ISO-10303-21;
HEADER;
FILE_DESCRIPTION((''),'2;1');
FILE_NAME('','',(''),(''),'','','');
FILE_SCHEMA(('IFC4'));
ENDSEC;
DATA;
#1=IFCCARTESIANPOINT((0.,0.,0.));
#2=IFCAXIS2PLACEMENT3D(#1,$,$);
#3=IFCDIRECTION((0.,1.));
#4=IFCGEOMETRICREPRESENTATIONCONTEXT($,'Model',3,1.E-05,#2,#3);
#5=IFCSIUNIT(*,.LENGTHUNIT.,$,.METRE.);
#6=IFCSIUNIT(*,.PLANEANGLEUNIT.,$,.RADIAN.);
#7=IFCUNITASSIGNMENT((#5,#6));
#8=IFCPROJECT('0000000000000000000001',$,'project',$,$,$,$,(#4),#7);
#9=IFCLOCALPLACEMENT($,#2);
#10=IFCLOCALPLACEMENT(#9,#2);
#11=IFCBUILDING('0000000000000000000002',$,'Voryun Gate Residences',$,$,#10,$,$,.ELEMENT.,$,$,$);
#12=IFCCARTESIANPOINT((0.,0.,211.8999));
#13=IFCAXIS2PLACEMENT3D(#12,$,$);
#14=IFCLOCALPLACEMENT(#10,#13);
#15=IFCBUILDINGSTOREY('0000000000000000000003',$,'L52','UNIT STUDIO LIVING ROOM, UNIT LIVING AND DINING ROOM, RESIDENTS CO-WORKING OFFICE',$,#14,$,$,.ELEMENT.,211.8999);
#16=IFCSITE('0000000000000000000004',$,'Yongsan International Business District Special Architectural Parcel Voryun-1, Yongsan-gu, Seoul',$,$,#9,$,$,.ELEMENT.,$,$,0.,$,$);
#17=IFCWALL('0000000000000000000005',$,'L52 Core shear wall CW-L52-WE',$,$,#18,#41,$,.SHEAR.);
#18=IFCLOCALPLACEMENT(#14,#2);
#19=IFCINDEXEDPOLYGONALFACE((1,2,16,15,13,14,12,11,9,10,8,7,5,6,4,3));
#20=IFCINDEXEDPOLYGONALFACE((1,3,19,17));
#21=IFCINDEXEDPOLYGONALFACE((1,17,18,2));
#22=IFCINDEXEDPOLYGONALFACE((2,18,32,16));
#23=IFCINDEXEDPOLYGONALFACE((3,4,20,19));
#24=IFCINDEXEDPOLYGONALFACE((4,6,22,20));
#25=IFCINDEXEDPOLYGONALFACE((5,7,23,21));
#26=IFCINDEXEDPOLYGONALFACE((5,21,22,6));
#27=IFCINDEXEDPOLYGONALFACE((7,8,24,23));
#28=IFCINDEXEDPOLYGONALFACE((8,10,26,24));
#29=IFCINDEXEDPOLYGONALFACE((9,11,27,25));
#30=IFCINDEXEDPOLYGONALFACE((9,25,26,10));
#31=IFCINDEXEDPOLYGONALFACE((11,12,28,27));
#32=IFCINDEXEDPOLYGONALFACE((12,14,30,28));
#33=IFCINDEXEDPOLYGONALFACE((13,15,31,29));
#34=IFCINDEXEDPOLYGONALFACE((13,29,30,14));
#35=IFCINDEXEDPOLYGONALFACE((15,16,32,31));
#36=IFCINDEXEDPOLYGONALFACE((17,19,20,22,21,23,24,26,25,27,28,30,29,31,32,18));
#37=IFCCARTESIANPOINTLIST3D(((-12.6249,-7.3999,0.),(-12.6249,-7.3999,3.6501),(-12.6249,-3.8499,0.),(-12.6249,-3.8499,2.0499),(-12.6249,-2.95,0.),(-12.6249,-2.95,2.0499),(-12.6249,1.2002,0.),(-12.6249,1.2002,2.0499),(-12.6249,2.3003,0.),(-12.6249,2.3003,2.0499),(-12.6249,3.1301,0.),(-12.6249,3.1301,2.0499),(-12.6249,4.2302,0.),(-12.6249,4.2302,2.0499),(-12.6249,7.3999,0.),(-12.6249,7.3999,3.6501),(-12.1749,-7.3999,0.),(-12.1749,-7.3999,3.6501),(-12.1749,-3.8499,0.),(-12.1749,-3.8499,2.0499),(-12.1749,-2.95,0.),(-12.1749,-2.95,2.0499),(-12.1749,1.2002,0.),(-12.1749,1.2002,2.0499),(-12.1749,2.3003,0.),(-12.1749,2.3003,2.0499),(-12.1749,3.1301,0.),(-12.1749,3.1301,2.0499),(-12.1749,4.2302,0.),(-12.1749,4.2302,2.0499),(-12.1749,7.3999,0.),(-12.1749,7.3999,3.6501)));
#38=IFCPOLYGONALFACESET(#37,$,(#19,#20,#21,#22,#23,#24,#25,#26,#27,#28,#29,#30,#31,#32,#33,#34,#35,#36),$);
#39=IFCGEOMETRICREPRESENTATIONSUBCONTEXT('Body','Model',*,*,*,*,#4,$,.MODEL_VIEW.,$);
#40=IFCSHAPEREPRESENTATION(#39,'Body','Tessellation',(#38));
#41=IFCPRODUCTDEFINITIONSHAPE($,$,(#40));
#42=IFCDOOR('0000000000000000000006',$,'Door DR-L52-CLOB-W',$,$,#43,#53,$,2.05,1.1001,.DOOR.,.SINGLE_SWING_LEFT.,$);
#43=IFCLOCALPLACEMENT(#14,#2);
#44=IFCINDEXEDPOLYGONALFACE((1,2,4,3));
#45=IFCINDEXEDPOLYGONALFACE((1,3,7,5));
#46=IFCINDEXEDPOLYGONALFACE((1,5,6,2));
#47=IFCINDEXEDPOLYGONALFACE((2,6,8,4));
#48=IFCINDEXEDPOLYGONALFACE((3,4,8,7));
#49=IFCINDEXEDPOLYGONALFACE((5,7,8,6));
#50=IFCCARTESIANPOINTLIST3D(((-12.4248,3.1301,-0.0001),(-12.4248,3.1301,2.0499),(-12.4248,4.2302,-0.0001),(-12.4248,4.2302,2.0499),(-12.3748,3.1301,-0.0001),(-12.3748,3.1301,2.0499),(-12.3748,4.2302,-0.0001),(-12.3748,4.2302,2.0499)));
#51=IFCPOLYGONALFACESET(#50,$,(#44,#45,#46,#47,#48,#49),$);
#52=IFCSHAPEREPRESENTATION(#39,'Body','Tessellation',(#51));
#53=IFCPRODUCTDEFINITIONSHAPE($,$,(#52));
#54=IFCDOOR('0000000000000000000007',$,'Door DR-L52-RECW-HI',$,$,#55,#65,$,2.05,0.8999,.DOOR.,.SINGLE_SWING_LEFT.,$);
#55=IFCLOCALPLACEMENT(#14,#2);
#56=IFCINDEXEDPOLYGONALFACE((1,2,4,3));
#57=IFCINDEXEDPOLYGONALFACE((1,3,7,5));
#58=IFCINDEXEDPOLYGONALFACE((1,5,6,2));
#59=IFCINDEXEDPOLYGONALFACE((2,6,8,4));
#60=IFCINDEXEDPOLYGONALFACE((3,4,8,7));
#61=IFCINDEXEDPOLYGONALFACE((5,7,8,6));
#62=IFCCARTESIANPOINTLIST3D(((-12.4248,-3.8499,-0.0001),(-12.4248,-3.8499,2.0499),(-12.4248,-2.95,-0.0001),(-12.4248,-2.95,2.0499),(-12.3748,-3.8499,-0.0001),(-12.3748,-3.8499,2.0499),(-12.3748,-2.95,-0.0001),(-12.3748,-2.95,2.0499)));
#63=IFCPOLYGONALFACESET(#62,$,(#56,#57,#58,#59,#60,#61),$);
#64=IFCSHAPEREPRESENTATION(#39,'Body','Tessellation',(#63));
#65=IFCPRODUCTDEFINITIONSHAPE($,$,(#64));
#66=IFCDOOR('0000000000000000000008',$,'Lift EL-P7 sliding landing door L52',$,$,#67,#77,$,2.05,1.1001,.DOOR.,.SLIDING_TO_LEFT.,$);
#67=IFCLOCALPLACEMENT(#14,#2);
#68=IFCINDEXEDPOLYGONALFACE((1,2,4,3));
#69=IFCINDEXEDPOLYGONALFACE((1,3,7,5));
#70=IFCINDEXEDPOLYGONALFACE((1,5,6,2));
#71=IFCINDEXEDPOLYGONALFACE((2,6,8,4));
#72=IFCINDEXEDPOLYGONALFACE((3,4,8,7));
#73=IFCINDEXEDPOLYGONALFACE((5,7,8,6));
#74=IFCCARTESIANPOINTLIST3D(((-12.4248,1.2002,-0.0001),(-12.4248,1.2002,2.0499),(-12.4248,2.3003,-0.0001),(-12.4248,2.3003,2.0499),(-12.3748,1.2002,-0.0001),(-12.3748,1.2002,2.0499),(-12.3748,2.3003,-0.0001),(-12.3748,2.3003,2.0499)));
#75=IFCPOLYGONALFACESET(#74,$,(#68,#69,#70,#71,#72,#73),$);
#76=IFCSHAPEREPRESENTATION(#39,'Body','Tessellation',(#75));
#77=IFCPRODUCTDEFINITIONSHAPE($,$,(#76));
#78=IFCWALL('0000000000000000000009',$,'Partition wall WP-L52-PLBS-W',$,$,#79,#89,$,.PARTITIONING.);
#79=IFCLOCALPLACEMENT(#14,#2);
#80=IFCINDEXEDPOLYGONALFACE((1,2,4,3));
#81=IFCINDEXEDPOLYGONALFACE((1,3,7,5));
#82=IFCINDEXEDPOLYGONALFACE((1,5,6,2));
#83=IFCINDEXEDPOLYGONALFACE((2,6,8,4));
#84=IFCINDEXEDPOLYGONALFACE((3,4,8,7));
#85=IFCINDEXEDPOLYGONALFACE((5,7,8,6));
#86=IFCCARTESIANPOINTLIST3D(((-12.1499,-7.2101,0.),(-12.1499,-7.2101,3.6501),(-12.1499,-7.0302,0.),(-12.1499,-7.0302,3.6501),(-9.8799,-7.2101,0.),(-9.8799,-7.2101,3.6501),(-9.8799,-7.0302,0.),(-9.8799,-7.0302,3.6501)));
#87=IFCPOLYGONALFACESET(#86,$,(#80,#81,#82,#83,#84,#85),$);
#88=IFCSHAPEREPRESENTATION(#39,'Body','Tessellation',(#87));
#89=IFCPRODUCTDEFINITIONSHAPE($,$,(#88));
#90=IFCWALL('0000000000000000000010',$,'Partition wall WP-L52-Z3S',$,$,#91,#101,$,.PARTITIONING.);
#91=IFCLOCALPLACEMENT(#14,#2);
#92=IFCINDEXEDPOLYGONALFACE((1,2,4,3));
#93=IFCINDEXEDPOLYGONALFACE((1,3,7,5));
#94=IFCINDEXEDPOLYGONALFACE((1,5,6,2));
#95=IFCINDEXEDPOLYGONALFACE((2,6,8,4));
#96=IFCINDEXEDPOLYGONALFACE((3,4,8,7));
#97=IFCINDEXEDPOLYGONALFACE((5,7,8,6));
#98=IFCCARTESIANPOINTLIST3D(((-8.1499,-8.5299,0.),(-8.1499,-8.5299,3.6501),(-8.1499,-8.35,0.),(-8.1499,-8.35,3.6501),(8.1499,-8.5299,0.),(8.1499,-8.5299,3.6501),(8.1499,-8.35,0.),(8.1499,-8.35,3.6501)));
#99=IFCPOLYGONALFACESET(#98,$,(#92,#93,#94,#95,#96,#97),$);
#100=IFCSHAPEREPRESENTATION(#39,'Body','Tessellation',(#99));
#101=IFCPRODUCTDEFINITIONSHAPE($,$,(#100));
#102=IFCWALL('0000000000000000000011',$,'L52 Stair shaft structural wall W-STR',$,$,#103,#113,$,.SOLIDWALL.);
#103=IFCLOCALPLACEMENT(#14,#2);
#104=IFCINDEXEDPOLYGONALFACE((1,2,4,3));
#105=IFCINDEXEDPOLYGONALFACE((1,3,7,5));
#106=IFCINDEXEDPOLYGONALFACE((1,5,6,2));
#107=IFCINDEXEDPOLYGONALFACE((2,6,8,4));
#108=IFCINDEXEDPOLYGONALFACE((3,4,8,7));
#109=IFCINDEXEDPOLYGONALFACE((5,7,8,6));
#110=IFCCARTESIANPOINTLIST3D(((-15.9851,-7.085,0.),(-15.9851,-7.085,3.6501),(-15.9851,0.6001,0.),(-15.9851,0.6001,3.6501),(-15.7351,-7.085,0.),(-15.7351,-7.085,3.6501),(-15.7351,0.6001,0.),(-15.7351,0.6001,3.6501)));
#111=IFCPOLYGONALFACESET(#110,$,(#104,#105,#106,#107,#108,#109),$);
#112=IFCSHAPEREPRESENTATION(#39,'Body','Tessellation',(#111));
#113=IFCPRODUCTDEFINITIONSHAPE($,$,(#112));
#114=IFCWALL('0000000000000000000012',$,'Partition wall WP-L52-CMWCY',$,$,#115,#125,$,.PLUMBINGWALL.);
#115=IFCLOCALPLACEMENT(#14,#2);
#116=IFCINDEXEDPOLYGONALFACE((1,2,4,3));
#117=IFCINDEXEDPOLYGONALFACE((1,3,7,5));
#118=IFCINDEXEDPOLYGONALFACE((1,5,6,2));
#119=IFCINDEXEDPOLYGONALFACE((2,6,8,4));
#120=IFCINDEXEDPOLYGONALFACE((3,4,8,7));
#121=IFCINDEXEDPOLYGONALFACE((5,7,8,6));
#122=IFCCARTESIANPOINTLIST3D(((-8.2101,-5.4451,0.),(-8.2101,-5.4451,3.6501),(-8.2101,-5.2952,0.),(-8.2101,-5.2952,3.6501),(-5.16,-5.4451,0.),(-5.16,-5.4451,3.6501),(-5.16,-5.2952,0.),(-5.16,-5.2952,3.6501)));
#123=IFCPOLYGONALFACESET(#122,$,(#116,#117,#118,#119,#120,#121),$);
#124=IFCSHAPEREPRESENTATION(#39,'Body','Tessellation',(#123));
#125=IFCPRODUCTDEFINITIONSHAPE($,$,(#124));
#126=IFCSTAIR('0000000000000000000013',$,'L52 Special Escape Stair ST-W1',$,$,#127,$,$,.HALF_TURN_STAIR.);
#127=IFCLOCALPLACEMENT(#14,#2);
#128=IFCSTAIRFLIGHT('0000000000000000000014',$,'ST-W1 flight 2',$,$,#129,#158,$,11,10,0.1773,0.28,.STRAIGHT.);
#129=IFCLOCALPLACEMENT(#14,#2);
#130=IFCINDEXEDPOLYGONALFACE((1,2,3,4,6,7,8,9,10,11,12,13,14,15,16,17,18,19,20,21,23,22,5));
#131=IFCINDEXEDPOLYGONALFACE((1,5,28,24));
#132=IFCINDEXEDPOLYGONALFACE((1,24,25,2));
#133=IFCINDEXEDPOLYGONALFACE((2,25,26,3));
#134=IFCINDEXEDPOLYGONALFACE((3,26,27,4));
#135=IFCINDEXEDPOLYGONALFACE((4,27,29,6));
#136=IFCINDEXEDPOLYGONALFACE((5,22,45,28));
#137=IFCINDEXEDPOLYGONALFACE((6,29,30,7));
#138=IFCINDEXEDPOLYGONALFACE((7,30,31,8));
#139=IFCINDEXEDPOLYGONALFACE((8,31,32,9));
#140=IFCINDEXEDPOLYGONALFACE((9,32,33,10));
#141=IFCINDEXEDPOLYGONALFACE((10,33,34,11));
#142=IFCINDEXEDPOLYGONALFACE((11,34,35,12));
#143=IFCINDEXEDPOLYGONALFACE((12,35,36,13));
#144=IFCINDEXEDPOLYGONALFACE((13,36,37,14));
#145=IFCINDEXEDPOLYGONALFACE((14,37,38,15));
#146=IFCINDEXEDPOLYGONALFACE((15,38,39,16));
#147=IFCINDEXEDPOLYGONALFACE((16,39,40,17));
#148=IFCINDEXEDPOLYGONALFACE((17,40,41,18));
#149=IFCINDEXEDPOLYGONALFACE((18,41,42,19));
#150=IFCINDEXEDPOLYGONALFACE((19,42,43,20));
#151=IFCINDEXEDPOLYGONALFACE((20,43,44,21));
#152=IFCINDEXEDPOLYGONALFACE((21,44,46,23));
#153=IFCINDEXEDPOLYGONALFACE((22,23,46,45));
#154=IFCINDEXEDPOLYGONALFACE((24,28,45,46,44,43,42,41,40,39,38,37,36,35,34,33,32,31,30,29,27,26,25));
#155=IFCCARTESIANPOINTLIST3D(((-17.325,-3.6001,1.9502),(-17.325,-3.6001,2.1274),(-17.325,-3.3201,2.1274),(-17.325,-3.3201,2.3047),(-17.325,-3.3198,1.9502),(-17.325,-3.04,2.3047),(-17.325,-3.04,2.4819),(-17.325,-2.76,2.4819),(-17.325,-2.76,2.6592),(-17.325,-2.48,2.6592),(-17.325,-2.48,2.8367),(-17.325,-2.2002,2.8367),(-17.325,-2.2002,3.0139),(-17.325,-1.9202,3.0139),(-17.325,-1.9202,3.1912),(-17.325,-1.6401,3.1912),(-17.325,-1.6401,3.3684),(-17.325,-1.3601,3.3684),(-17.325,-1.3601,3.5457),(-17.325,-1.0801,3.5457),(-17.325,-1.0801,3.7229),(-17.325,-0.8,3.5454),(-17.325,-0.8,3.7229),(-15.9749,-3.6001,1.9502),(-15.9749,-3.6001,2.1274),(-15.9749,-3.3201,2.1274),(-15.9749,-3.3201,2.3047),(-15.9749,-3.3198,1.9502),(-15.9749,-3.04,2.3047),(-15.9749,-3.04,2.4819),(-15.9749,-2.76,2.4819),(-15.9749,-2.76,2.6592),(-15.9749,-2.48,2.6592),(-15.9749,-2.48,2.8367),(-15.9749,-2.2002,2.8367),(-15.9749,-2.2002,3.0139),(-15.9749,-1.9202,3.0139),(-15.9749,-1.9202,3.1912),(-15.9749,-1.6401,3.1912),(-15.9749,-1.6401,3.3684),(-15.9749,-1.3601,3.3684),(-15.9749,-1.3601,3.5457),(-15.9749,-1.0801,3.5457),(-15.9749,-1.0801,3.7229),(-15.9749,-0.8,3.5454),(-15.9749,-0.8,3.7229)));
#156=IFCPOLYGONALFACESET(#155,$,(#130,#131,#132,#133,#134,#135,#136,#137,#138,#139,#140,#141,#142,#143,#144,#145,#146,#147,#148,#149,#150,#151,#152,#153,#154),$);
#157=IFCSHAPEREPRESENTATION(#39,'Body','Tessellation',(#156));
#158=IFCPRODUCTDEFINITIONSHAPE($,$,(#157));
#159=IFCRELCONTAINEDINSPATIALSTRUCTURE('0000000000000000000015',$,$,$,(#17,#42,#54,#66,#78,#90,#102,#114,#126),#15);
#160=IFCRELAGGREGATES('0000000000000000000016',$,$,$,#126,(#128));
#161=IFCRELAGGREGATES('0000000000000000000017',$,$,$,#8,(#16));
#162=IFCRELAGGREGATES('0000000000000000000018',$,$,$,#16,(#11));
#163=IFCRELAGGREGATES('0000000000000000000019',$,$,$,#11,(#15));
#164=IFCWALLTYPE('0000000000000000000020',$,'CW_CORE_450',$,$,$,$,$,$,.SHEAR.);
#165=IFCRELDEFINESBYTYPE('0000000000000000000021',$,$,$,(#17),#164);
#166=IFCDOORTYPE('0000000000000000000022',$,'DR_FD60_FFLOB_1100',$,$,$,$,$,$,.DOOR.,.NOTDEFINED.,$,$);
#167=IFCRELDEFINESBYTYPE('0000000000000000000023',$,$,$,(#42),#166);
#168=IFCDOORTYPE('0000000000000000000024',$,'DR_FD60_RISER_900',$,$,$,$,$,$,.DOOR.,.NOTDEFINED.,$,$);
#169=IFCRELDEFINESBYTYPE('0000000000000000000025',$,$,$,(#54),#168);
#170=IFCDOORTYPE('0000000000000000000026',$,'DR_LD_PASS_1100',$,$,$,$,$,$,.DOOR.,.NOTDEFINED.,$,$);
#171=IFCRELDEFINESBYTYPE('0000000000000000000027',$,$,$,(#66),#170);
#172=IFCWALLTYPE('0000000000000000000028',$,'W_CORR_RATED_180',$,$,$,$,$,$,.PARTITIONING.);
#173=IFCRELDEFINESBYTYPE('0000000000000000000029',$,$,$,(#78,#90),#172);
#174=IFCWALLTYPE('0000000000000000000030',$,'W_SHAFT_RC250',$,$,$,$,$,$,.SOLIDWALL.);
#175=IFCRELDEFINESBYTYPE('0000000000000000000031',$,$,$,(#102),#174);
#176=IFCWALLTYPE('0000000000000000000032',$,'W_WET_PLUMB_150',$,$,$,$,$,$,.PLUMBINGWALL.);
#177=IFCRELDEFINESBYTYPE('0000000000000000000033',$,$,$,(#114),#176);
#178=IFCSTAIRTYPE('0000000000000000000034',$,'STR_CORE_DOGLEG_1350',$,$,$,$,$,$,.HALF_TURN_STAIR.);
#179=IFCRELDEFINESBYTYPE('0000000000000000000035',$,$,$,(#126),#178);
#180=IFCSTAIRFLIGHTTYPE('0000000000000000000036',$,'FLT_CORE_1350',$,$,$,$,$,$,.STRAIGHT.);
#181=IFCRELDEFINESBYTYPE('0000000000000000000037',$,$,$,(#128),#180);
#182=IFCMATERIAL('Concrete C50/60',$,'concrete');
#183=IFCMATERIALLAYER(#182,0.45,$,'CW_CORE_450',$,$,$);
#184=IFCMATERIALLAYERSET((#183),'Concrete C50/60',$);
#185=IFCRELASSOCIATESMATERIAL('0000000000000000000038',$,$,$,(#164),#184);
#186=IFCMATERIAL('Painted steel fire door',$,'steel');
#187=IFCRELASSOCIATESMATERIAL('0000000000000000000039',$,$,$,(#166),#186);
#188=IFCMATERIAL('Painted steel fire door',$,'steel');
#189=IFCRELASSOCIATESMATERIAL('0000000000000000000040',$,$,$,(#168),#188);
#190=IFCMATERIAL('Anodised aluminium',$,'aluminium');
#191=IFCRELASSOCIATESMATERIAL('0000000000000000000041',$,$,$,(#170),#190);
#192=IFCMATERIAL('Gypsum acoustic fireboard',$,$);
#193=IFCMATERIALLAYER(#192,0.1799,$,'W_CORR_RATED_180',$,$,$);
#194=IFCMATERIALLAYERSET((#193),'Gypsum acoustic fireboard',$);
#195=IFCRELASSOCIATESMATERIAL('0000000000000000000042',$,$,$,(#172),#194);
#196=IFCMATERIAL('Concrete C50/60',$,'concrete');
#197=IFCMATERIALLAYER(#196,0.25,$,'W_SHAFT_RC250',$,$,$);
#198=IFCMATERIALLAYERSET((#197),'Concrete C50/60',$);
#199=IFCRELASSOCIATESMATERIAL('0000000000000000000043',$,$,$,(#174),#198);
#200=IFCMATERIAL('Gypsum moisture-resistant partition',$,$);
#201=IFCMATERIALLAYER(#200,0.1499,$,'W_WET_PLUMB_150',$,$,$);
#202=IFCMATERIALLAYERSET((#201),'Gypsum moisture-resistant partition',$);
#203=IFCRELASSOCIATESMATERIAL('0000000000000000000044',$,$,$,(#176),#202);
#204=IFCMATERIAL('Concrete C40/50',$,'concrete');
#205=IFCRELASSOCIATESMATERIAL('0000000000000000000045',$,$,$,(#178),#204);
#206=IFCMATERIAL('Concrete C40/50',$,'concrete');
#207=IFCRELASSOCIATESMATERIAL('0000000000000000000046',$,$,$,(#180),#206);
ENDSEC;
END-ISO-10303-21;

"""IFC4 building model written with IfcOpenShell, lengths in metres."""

from ifc_helpers import new_model, si_unit, direction, frame, frame_2d, origin, place, context, subcontext, project, spatial, polyline, rectangle, outline, extrude, material, layer, layer_set, type_object, element, fill, aggregate, save


model = new_model("IFC4")

# Units and contexts
model_context = context("Model", 3, precision=1e-05, world=origin(), true_north=direction((0.0, 1.0)))
body_context = subcontext(model_context, "Body", "Model", "MODEL_VIEW")
ifc_project = project(units=[si_unit("LENGTHUNIT", "METRE"), si_unit("PLANEANGLEUNIT", "RADIAN")], contexts=[model_context])

# Site, building, storey
site_placement = place(None, origin())
site = spatial("IfcSite", under=ifc_project, at=site_placement, Name="Yongsan International Business District Special Architectural Parcel Voryun-1, Yongsan-gu, Seoul", CompositionType="ELEMENT", RefElevation=0.0)
building_placement = place(site_placement, origin())
building = spatial("IfcBuilding", under=site, at=building_placement, Name="Voryun Gate Residences", CompositionType="ELEMENT")
storey_placement = place(building_placement, frame((0.0, 0.0, 211.8999)))
storey = spatial("IfcBuildingStorey", under=building, at=storey_placement, Name="L52", Description="UNIT STUDIO LIVING ROOM, UNIT LIVING AND DINING ROOM, RESIDENTS CO-WORKING OFFICE", CompositionType="ELEMENT", Elevation=211.8999)

# Wall, openings, doors
ifc_material_1 = material(Name="Concrete C50/60", Category="concrete")
ifc_layer_1 = layer(ifc_material_1, 0.45, Name="CW_CORE_450")
ifc_layer_set_1 = layer_set([ifc_layer_1], Name="Concrete C50/60")
wall_type_1 = type_object("IfcWallType", Name="CW_CORE_450", PredefinedType="SHEAR", material=ifc_layer_set_1)
wall_1_placement = place(storey_placement, frame((-12.3999, -7.3999, 0.0), z_axis=(0.0, 0.0, 1.0), x_axis=(0.0, 1.0, 0.0)))
wall_1 = element("IfcWall", 1, at=wall_1_placement, inside=storey, type_object=wall_type_1, Name="L52 Core shear wall CW-L52-WE", PredefinedType="SHEAR", context=body_context, shape_type="SweptSolid", body=[
    extrude(rectangle(XDim=14.7998, YDim=0.45, at=frame_2d((7.3999, 0.0))), origin(), (0.0, 0.0, 1.0), 3.6501),
])
opening_1_placement = place(wall_1_placement, frame((8.6001, 0.0, 0.0)))
opening_1 = element("IfcOpeningElement", 2, at=opening_1_placement, cuts=wall_1, PredefinedType="OPENING", context=body_context, shape_type="SweptSolid", body=[
    extrude(rectangle(XDim=1.1001, YDim=2.05, at=frame_2d((0.55, 1.0249))), frame((0.0, 0.2351, 0.0), z_axis=(0.0, -1.0, 0.0), x_axis=(1.0, 0.0, 0.0)), (0.0, 0.0, 1.0), 0.47),
])
opening_2_placement = place(wall_1_placement, frame((10.53, 0.0, 0.0)))
opening_2 = element("IfcOpeningElement", 3, at=opening_2_placement, cuts=wall_1, PredefinedType="OPENING", context=body_context, shape_type="SweptSolid", body=[
    extrude(rectangle(XDim=1.1001, YDim=2.05, at=frame_2d((0.55, 1.0249))), frame((0.0, 0.2351, 0.0), z_axis=(0.0, -1.0, 0.0), x_axis=(1.0, 0.0, 0.0)), (0.0, 0.0, 1.0), 0.47),
])
opening_3_placement = place(wall_1_placement, frame((3.55, 0.0, 0.0)))
opening_3 = element("IfcOpeningElement", 4, at=opening_3_placement, cuts=wall_1, PredefinedType="OPENING", context=body_context, shape_type="SweptSolid", body=[
    extrude(rectangle(XDim=0.8999, YDim=2.05, at=frame_2d((0.45, 1.0249))), frame((0.0, 0.2351, 0.0), z_axis=(0.0, -1.0, 0.0), x_axis=(1.0, 0.0, 0.0)), (0.0, 0.0, 1.0), 0.47),
])
ifc_material_2 = material(Name="Painted steel fire door", Category="steel")
door_type_1 = type_object("IfcDoorType", Name="DR_FD60_FFLOB_1100", OperationType="NOTDEFINED", PredefinedType="DOOR", material=ifc_material_2)
door_1_placement = place(opening_2_placement, origin())
door_1 = element("IfcDoor", 5, at=door_1_placement, inside=storey, type_object=door_type_1, Name="Door DR-L52-CLOB-W", OperationType="SINGLE_SWING_LEFT", OverallHeight=2.05, OverallWidth=1.1001, PredefinedType="DOOR", context=body_context, shape_type="SweptSolid", body=[
    extrude(rectangle(XDim=1.1001, YDim=2.05, at=frame_2d((0.55, 1.0249))), frame((0.0, 0.0249, 0.0), z_axis=(0.0, -1.0, 0.0), x_axis=(1.0, 0.0, 0.0)), (0.0, 0.0, 1.0), 0.05),
])
fill(opening_2, door_1)
ifc_material_3 = material(Name="Painted steel fire door", Category="steel")
door_type_2 = type_object("IfcDoorType", Name="DR_FD60_RISER_900", OperationType="NOTDEFINED", PredefinedType="DOOR", material=ifc_material_3)
door_2_placement = place(opening_3_placement, origin())
door_2 = element("IfcDoor", 6, at=door_2_placement, inside=storey, type_object=door_type_2, Name="Door DR-L52-RECW-HI", OperationType="SINGLE_SWING_LEFT", OverallHeight=2.05, OverallWidth=0.8999, PredefinedType="DOOR", context=body_context, shape_type="SweptSolid", body=[
    extrude(rectangle(XDim=0.8999, YDim=2.05, at=frame_2d((0.45, 1.0249))), frame((0.0, 0.0249, 0.0), z_axis=(0.0, -1.0, 0.0), x_axis=(1.0, 0.0, 0.0)), (0.0, 0.0, 1.0), 0.05),
])
fill(opening_3, door_2)
ifc_material_4 = material(Name="Anodised aluminium", Category="aluminium")
door_type_3 = type_object("IfcDoorType", Name="DR_LD_PASS_1100", OperationType="NOTDEFINED", PredefinedType="DOOR", material=ifc_material_4)
door_3_placement = place(opening_1_placement, origin())
door_3 = element("IfcDoor", 7, at=door_3_placement, inside=storey, type_object=door_type_3, Name="Lift EL-P7 sliding landing door L52", OperationType="SLIDING_TO_LEFT", OverallHeight=2.05, OverallWidth=1.1001, PredefinedType="DOOR", context=body_context, shape_type="SweptSolid", body=[
    extrude(rectangle(XDim=1.1001, YDim=2.05, at=frame_2d((0.55, 1.0249))), frame((0.0, 0.0249, 0.0), z_axis=(0.0, -1.0, 0.0), x_axis=(1.0, 0.0, 0.0)), (0.0, 0.0, 1.0), 0.05),
])
fill(opening_1, door_3)

# Walls
ifc_material_5 = material(Name="Gypsum acoustic fireboard")
ifc_layer_2 = layer(ifc_material_5, 0.1799, Name="W_CORR_RATED_180")
ifc_layer_set_2 = layer_set([ifc_layer_2], Name="Gypsum acoustic fireboard")
wall_type_2 = type_object("IfcWallType", Name="W_CORR_RATED_180", PredefinedType="PARTITIONING", material=ifc_layer_set_2)
wall_2_placement = place(storey_placement, frame((-12.1499, -7.1201, 0.0), z_axis=(0.0, 0.0, 1.0), x_axis=(1.0, 0.0, 0.0)))
element("IfcWall", 8, at=wall_2_placement, inside=storey, type_object=wall_type_2, Name="Partition wall WP-L52-PLBS-W", PredefinedType="PARTITIONING", context=body_context, shape_type="SweptSolid", body=[
    extrude(rectangle(XDim=2.27, YDim=0.1799, at=frame_2d((1.135, 0.0))), origin(), (0.0, 0.0, 1.0), 3.6501),
])
wall_3_placement = place(storey_placement, frame((-8.1499, -8.4399, 0.0), z_axis=(0.0, 0.0, 1.0), x_axis=(1.0, 0.0, 0.0)))
element("IfcWall", 9, at=wall_3_placement, inside=storey, type_object=wall_type_2, Name="Partition wall WP-L52-Z3S", PredefinedType="PARTITIONING", context=body_context, shape_type="SweptSolid", body=[
    extrude(rectangle(XDim=16.2998, YDim=0.1799, at=frame_2d((8.1499, 0.0))), origin(), (0.0, 0.0, 1.0), 3.6501),
])
ifc_material_6 = material(Name="Concrete C50/60", Category="concrete")
ifc_layer_3 = layer(ifc_material_6, 0.25, Name="W_SHAFT_RC250")
ifc_layer_set_3 = layer_set([ifc_layer_3], Name="Concrete C50/60")
wall_type_3 = type_object("IfcWallType", Name="W_SHAFT_RC250", PredefinedType="SOLIDWALL", material=ifc_layer_set_3)
wall_4_placement = place(storey_placement, frame((-15.8601, -7.085, 0.0), z_axis=(0.0, 0.0, 1.0), x_axis=(0.0, 1.0, 0.0)))
element("IfcWall", 10, at=wall_4_placement, inside=storey, type_object=wall_type_3, Name="L52 Stair shaft structural wall W-STR", PredefinedType="SOLIDWALL", context=body_context, shape_type="SweptSolid", body=[
    extrude(rectangle(XDim=7.6851, YDim=0.25, at=frame_2d((3.8425, 0.0))), origin(), (0.0, 0.0, 1.0), 3.6501),
])
ifc_material_7 = material(Name="Gypsum moisture-resistant partition")
ifc_layer_4 = layer(ifc_material_7, 0.1499, Name="W_WET_PLUMB_150")
ifc_layer_set_4 = layer_set([ifc_layer_4], Name="Gypsum moisture-resistant partition")
wall_type_4 = type_object("IfcWallType", Name="W_WET_PLUMB_150", PredefinedType="PLUMBINGWALL", material=ifc_layer_set_4)
wall_5_placement = place(storey_placement, frame((-8.21, -5.3701, 0.0), z_axis=(0.0, 0.0, 1.0), x_axis=(1.0, 0.0, 0.0)))
element("IfcWall", 11, at=wall_5_placement, inside=storey, type_object=wall_type_4, Name="Partition wall WP-L52-CMWCY", PredefinedType="PLUMBINGWALL", context=body_context, shape_type="SweptSolid", body=[
    extrude(rectangle(XDim=3.05, YDim=0.1499, at=frame_2d((1.5249, 0.0))), origin(), (0.0, 0.0, 1.0), 3.6501),
])

# Stair, stair flight
ifc_material_8 = material(Name="Concrete C40/50", Category="concrete")
stair_type = type_object("IfcStairType", Name="STR_CORE_DOGLEG_1350", PredefinedType="HALF_TURN_STAIR", material=ifc_material_8)
stair_placement = place(storey_placement, origin())
stair = element("IfcStair", 12, at=stair_placement, inside=storey, type_object=stair_type, Name="L52 Special Escape Stair ST-W1", PredefinedType="HALF_TURN_STAIR")
ifc_material_9 = material(Name="Concrete C40/50", Category="concrete")
stair_flight_type = type_object("IfcStairFlightType", Name="FLT_CORE_1350", PredefinedType="STRAIGHT", material=ifc_material_9)
stair_flight_placement = place(storey_placement, frame((-16.6499, -3.6001, 1.9502), z_axis=(0.0, 0.0, 1.0), x_axis=(0.0, 1.0, 0.0)))
stair_flight = element("IfcStairFlight", 13, at=stair_flight_placement, type_object=stair_flight_type, Name="ST-W1 flight 2", NumberOfRisers=11, NumberOfTreads=10, PredefinedType="STRAIGHT", RiserHeight=0.1773, TreadLength=0.28, context=body_context, shape_type="SweptSolid", body=[
    extrude(outline(polyline([(0.0, 0.0), (0.0, 0.1772), (0.28, 0.1772), (0.28, 0.3545), (0.5601, 0.3545), (0.5601, 0.5317), (0.8401, 0.5317), (0.8401, 0.709), (1.1201, 0.709), (1.1201, 0.8865), (1.3999, 0.8865), (1.3999, 1.0637), (1.6799, 1.0637), (1.6799, 1.241), (1.96, 1.241), (1.96, 1.4182), (2.24, 1.4182), (2.24, 1.5955), (2.52, 1.5955), (2.52, 1.7727), (2.8, 1.7727), (2.8, 1.95), (2.8, 1.5952), (0.2803, 0.0), (0.0, 0.0)])), frame((0.0, 0.675, 0.0), z_axis=(0.0, -1.0, 0.0), x_axis=(1.0, 0.0, 0.0)), (0.0, 0.0, 1.0), 1.3501),
])
aggregate(stair, [stair_flight])

save(model, "model.ifc")
